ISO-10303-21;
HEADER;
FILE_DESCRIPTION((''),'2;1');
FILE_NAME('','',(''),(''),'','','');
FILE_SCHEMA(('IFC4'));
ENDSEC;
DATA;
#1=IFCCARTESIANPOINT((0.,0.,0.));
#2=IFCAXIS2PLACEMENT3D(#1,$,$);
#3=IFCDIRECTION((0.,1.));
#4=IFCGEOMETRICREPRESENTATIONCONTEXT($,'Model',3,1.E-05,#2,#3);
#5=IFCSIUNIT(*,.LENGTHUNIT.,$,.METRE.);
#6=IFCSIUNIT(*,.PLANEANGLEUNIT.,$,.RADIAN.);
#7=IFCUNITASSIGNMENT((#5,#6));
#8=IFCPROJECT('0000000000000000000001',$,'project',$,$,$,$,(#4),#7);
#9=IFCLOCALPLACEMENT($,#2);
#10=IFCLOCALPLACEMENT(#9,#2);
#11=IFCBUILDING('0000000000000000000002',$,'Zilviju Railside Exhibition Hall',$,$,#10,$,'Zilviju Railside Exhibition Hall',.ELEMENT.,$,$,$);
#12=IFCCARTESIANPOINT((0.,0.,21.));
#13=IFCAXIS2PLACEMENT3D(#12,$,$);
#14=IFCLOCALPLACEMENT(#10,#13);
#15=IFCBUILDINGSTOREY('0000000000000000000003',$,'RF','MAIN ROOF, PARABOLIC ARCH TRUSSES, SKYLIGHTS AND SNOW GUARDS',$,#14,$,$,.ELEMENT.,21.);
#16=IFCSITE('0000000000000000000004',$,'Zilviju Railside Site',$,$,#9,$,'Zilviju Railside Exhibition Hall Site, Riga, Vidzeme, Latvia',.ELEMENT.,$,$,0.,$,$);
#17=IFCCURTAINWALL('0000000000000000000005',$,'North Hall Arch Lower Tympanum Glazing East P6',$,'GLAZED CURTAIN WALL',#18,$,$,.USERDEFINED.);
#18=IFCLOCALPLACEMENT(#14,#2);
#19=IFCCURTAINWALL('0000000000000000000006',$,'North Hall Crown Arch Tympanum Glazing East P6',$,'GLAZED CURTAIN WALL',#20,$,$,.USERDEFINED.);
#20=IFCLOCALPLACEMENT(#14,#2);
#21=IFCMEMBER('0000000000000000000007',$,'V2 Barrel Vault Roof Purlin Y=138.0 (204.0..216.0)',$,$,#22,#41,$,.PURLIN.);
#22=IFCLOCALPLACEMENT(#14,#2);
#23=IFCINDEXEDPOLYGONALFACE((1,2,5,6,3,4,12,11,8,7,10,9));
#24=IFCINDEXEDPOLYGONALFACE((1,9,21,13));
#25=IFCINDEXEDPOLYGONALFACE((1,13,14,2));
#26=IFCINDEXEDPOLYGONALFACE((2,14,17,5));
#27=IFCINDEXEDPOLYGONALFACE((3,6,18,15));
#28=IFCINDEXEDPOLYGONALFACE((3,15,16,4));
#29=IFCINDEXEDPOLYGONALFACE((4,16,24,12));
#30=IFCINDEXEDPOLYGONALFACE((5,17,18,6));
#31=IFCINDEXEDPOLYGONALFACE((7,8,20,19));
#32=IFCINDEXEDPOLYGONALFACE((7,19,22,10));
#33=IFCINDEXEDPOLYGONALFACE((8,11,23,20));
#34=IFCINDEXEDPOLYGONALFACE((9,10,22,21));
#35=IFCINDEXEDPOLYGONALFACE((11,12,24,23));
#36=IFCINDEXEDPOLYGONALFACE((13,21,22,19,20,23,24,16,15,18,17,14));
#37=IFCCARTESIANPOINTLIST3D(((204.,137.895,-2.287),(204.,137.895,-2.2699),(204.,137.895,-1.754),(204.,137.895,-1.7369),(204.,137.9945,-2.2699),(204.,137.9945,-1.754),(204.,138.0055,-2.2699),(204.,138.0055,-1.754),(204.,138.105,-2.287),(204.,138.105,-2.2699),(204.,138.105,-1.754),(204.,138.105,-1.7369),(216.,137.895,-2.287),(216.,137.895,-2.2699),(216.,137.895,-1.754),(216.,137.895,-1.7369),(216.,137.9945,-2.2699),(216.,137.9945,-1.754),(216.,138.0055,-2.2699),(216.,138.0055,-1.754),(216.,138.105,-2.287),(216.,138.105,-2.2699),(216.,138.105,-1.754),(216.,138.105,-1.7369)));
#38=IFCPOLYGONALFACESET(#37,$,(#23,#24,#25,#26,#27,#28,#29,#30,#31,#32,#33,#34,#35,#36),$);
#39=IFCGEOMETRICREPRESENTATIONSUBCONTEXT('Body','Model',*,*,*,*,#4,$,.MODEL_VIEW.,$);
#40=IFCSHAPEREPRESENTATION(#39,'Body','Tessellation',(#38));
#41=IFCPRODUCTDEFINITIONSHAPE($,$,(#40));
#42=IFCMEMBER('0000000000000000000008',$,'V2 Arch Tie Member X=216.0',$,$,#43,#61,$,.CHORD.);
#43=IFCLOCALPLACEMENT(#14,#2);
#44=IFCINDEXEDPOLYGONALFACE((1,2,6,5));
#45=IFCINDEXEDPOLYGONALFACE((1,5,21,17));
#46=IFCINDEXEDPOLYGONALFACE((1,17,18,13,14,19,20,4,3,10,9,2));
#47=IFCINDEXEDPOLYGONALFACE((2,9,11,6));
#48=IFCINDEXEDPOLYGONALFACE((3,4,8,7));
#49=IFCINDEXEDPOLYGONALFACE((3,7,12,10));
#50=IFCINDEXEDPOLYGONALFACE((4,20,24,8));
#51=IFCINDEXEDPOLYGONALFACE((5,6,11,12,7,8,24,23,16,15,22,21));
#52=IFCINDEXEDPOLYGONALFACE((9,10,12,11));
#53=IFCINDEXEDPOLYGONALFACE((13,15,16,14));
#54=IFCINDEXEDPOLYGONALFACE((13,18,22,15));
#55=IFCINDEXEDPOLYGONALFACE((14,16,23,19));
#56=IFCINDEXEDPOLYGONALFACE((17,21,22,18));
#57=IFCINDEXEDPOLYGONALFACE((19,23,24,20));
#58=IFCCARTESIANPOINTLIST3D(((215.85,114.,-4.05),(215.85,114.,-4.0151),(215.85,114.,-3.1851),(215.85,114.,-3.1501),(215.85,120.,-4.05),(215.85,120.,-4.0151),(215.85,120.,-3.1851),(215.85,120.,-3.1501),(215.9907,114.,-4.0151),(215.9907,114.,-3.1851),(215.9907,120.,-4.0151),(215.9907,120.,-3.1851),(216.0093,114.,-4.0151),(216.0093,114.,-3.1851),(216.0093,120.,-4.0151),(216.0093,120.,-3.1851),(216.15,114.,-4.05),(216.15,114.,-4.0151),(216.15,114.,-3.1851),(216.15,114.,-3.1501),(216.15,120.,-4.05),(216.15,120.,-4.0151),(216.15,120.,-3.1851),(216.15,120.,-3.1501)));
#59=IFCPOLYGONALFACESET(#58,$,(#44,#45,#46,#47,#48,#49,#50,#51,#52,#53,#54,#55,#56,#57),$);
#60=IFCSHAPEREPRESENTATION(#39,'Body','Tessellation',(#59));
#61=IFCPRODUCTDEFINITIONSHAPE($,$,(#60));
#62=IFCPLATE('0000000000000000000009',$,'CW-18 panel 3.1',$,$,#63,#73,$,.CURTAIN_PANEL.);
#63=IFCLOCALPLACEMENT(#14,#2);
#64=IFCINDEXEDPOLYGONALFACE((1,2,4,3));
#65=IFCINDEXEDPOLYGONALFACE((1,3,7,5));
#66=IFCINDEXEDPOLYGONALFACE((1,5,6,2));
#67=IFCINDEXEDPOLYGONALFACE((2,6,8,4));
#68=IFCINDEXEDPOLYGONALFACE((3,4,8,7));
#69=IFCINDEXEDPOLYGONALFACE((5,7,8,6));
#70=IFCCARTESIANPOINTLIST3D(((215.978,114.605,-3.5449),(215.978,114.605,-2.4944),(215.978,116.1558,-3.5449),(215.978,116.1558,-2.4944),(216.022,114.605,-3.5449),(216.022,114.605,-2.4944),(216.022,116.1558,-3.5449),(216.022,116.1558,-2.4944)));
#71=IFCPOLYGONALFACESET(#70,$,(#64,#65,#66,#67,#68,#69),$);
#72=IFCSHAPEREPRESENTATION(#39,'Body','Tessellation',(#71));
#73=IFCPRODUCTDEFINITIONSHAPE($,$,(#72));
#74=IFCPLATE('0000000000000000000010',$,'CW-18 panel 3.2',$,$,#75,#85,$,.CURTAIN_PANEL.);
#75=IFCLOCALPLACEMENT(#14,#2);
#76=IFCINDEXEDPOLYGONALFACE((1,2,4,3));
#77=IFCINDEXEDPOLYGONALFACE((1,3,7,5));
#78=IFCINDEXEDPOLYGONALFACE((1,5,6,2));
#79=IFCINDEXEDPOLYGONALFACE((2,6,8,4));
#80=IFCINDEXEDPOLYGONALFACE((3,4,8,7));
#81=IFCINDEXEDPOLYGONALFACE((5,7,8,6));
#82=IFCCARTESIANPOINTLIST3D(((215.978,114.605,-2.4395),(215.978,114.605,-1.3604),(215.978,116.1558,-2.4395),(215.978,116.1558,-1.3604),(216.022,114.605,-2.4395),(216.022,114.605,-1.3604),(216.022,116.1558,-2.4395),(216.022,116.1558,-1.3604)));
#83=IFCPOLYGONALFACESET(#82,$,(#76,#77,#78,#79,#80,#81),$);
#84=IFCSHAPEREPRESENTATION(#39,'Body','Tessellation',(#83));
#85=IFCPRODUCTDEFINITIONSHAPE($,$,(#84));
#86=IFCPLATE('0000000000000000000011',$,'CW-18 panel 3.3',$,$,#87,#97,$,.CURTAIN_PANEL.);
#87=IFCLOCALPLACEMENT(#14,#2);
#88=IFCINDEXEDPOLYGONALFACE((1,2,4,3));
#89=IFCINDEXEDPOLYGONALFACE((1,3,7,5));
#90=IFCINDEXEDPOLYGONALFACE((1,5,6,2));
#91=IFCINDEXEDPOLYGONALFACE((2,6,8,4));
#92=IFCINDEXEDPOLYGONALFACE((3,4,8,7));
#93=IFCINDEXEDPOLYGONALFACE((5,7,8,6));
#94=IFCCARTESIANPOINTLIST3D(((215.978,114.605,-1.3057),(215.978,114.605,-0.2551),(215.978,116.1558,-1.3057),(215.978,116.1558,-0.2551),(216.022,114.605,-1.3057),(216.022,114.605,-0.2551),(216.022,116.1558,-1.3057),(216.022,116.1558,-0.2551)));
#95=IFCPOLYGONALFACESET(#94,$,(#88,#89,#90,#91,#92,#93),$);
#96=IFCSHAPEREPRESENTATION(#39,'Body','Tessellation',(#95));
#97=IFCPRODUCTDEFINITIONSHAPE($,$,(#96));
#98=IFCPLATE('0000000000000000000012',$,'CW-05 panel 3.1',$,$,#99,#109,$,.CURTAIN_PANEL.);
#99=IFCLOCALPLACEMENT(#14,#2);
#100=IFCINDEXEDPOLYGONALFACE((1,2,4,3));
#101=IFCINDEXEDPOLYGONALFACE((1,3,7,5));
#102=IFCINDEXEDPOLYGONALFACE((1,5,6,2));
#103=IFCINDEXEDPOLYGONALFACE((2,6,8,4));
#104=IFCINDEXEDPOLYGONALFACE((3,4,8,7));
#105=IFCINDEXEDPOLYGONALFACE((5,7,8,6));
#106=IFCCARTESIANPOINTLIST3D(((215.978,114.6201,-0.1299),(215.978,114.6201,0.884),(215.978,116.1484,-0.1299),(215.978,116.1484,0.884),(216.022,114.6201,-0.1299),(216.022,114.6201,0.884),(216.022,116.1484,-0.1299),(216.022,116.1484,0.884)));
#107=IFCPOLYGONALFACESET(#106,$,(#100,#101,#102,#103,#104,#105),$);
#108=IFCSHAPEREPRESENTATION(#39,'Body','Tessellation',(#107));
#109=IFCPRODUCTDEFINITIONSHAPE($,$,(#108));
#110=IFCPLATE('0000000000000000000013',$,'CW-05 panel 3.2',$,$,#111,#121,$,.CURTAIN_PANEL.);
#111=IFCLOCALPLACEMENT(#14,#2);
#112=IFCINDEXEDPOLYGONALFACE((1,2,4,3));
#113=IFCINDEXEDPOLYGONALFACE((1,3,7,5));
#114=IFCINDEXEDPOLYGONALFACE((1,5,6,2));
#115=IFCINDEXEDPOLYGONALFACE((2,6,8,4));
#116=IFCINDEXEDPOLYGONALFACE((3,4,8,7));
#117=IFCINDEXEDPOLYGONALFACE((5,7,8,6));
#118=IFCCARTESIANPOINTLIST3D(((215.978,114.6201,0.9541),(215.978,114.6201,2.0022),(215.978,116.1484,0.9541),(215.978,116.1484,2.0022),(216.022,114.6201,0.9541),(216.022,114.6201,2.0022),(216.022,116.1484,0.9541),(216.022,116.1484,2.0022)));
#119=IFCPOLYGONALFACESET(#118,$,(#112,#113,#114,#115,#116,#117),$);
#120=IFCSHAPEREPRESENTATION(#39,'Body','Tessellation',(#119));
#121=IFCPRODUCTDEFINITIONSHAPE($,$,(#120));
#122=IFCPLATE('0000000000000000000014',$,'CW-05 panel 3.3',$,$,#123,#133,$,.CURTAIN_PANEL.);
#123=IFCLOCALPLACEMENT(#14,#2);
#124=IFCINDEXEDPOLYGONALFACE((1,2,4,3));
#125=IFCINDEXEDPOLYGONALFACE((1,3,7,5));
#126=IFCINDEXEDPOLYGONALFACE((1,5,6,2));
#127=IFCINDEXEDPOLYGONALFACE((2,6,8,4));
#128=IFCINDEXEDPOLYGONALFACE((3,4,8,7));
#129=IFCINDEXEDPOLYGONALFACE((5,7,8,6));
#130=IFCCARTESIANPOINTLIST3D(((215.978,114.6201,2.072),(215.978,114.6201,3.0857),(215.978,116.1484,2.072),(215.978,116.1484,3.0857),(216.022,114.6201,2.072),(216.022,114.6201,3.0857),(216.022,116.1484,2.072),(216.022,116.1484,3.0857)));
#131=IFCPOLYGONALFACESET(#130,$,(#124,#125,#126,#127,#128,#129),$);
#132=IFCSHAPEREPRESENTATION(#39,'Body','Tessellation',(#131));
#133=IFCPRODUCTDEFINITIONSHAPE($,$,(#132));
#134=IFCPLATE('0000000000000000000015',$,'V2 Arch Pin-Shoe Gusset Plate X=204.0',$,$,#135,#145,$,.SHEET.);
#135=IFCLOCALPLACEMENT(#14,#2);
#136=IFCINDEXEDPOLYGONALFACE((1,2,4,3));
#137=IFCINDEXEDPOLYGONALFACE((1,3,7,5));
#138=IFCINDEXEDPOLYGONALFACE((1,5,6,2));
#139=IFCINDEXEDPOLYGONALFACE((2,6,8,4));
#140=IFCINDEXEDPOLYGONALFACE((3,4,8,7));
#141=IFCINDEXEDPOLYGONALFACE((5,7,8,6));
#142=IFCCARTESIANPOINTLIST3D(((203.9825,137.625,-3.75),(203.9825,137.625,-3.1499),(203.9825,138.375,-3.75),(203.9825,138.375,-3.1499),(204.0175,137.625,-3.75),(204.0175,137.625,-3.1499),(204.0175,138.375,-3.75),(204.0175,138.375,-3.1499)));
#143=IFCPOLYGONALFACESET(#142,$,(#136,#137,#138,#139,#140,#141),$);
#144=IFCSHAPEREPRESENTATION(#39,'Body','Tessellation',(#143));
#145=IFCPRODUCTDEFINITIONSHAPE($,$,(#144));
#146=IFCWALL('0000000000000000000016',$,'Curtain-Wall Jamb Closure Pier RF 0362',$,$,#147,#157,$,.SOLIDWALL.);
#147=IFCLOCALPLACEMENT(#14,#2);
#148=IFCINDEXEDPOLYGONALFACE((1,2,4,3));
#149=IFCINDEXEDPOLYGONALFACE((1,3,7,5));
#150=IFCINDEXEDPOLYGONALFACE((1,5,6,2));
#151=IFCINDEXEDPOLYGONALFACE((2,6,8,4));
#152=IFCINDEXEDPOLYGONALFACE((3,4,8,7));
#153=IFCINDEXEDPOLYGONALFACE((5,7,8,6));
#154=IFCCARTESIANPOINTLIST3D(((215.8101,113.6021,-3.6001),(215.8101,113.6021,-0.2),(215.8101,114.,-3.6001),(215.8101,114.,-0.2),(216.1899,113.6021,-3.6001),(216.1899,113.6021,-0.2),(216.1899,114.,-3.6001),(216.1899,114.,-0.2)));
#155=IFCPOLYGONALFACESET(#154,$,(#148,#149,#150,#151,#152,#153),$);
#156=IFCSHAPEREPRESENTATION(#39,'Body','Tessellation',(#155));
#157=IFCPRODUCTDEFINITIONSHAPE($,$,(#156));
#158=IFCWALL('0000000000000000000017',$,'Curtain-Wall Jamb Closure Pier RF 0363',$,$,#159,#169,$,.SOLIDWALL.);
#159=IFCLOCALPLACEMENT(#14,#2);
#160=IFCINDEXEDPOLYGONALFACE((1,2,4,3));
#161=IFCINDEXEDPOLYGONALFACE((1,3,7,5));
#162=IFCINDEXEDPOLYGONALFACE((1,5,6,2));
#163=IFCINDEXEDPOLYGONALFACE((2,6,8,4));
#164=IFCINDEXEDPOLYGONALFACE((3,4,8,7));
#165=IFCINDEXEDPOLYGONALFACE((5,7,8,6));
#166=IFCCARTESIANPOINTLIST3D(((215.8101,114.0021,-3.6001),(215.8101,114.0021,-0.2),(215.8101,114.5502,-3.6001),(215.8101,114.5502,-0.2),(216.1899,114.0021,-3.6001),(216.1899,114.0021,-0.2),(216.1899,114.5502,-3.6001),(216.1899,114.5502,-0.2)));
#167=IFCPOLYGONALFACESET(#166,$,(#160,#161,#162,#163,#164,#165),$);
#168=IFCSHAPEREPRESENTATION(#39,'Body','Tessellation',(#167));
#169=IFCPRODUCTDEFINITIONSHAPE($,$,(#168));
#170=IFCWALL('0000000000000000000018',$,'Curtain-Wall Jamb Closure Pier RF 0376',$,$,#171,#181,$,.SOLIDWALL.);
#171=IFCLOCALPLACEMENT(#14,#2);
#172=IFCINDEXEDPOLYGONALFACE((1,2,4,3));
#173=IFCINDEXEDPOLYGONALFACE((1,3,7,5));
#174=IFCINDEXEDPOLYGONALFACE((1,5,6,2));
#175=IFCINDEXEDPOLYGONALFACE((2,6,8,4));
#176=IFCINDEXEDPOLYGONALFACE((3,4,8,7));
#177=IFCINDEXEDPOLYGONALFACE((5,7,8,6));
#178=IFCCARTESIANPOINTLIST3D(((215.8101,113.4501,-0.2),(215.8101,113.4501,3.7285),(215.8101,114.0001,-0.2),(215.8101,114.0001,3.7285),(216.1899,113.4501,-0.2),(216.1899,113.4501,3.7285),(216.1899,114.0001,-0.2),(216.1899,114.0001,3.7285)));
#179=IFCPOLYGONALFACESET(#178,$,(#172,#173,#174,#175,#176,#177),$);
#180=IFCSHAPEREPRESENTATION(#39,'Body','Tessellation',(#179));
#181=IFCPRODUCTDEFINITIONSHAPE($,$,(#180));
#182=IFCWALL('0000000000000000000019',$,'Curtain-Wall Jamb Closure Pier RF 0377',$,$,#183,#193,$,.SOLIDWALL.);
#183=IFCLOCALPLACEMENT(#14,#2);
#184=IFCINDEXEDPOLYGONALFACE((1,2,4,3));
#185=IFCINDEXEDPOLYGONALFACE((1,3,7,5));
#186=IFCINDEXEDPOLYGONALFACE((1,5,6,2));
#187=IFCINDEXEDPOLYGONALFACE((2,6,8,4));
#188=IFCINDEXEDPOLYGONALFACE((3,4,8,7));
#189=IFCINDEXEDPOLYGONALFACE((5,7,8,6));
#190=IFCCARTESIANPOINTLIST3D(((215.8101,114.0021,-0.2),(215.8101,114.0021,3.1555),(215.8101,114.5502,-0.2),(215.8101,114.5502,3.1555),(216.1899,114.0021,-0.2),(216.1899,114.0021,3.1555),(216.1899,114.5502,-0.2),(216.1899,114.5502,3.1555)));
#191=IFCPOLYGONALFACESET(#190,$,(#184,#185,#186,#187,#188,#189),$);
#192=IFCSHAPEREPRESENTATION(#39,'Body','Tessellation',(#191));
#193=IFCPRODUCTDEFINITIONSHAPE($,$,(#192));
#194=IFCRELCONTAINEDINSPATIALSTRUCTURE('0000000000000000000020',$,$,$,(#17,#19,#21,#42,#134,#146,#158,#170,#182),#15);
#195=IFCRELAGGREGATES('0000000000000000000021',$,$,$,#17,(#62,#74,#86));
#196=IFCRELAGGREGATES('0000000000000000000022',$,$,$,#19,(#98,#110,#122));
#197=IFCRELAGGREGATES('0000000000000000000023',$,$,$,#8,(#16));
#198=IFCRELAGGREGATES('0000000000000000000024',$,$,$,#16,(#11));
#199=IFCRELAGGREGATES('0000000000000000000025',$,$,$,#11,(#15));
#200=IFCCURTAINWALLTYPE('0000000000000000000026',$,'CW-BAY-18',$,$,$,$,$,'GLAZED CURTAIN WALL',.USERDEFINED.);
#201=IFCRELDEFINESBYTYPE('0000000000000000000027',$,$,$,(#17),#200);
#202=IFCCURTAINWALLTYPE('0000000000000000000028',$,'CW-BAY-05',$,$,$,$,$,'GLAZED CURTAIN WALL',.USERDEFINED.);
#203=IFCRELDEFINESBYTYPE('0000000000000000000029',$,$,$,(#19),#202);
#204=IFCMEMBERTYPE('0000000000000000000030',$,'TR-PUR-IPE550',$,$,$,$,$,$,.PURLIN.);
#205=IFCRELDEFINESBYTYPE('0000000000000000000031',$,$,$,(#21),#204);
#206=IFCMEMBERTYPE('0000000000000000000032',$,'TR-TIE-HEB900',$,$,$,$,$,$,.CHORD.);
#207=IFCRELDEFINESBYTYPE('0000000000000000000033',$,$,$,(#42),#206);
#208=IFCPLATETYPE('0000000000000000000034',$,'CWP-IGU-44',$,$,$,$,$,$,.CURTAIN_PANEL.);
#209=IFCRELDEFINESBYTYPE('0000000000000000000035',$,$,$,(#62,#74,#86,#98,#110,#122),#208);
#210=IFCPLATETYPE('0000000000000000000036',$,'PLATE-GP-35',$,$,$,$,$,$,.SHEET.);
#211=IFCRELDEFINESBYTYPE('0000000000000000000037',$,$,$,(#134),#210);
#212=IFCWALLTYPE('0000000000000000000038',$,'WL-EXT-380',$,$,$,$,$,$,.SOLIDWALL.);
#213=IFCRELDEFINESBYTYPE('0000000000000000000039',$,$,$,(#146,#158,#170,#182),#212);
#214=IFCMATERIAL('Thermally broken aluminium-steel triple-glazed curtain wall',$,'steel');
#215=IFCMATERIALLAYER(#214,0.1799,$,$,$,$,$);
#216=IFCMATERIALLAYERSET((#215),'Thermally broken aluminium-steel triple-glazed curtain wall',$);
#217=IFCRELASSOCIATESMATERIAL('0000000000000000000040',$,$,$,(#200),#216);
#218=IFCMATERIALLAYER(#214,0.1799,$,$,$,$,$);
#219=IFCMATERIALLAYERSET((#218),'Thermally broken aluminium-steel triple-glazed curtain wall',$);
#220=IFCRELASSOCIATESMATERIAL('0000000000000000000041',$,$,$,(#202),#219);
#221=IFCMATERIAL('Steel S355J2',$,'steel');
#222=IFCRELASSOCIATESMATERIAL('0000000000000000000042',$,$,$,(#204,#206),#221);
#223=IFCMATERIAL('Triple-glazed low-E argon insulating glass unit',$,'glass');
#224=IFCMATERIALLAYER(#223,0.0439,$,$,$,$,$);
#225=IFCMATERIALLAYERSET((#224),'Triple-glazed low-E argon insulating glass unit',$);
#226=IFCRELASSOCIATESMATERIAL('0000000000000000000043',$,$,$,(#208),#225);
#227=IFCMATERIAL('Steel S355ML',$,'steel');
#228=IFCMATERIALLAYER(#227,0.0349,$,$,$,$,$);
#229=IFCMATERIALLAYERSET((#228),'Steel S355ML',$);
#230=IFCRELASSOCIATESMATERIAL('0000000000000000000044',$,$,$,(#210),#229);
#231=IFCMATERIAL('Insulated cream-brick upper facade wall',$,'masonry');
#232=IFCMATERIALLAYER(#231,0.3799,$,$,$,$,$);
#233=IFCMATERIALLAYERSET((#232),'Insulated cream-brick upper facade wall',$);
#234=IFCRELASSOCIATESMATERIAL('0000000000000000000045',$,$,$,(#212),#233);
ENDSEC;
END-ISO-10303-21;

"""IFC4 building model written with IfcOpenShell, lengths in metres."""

from ifc_helpers import new_model, si_unit, direction, frame, frame_2d, origin, origin_2d, place, context, subcontext, project, spatial, rectangle, i_section, extrude, material, layer, layer_set, material_profile, profile_set, type_object, element, aggregate, save


model = new_model("IFC4")

# Units and contexts
model_context = context("Model", 3, precision=1e-05, world=origin(), true_north=direction((0.0, 1.0)))
body_context = subcontext(model_context, "Body", "Model", "MODEL_VIEW")
ifc_project = project(units=[si_unit("LENGTHUNIT", "METRE"), si_unit("PLANEANGLEUNIT", "RADIAN")], contexts=[model_context])

# Site, building, storey
site_placement = place(None, origin())
site = spatial("IfcSite", under=ifc_project, at=site_placement, Name="Zilviju Railside Site", LongName="Zilviju Railside Exhibition Hall Site, Riga, Vidzeme, Latvia", CompositionType="ELEMENT", RefElevation=0.0)
building_placement = place(site_placement, origin())
building = spatial("IfcBuilding", under=site, at=building_placement, Name="Zilviju Railside Exhibition Hall", LongName="Zilviju Railside Exhibition Hall", CompositionType="ELEMENT")
storey_placement = place(building_placement, frame((0.0, 0.0, 21.0)))
storey = spatial("IfcBuildingStorey", under=building, at=storey_placement, Name="RF", Description="MAIN ROOF, PARABOLIC ARCH TRUSSES, SKYLIGHTS AND SNOW GUARDS", CompositionType="ELEMENT", Elevation=21.0)

# Curtain wall
ifc_material_1 = material(Name="Thermally broken aluminium-steel triple-glazed curtain wall", Category="steel")
ifc_layer_1 = layer(ifc_material_1, 0.1799)
ifc_layer_set_1 = layer_set([ifc_layer_1], Name="Thermally broken aluminium-steel triple-glazed curtain wall")
curtain_wall_type_1 = type_object("IfcCurtainWallType", Name="CW-BAY-18", ElementType="GLAZED CURTAIN WALL", PredefinedType="USERDEFINED", material=ifc_layer_set_1)
curtain_wall_1_placement = place(storey_placement, origin())
curtain_wall_1 = element("IfcCurtainWall", 1, at=curtain_wall_1_placement, inside=storey, type_object=curtain_wall_type_1, Name="North Hall Arch Lower Tympanum Glazing East P6", ObjectType="GLAZED CURTAIN WALL", PredefinedType="USERDEFINED")

# Curtain wall
ifc_layer_2 = layer(ifc_material_1, 0.1799)
ifc_layer_set_2 = layer_set([ifc_layer_2], Name="Thermally broken aluminium-steel triple-glazed curtain wall")
curtain_wall_type_2 = type_object("IfcCurtainWallType", Name="CW-BAY-05", ElementType="GLAZED CURTAIN WALL", PredefinedType="USERDEFINED", material=ifc_layer_set_2)
curtain_wall_2_placement = place(storey_placement, origin())
curtain_wall_2 = element("IfcCurtainWall", 2, at=curtain_wall_2_placement, inside=storey, type_object=curtain_wall_type_2, Name="North Hall Crown Arch Tympanum Glazing East P6", ObjectType="GLAZED CURTAIN WALL", PredefinedType="USERDEFINED")

# Members
ifc_material_2 = material(Name="Steel S355J2", Category="steel")
ifc_material_3 = material(Name="Steel S355ML", Category="steel")
ifc_material_profile_1 = material_profile(ifc_material_2, i_section(OverallWidth=0.21, OverallDepth=0.55, WebThickness=0.011, FlangeThickness=0.0171, at=origin_2d()), Name="IPE 550")
ifc_profile_set_1 = profile_set([ifc_material_profile_1], Name="Steel S355J2")
member_type_1 = type_object("IfcMemberType", Name="TR-PUR-IPE550", PredefinedType="PURLIN", material=ifc_profile_set_1)
for number, where, z_axis, x_axis, name in (
    (3, (204.0, 138.0, -2.012), (1.0, 0.0, 0.0), (0.0, 1.0, 0.0), "V2 Barrel Vault Roof Purlin Y=138.0 (204.0..216.0)"),
):
    element("IfcMember", number, at=place(storey_placement, frame(where, z_axis=z_axis, x_axis=x_axis)), inside=storey, type_object=member_type_1, Name=name, PredefinedType="PURLIN", context=body_context, shape_type="SweptSolid", body=[
        extrude(i_section(OverallWidth=0.21, OverallDepth=0.55, WebThickness=0.011, FlangeThickness=0.0171, at=origin_2d()), origin(), (0.0, 0.0, 1.0), 12.0),
    ])
ifc_material_profile_2 = material_profile(ifc_material_2, i_section(OverallWidth=0.3, OverallDepth=0.8999, WebThickness=0.0186, FlangeThickness=0.0349, at=origin_2d()), Name="HEB 900")
ifc_profile_set_2 = profile_set([ifc_material_profile_2], Name="Steel S355J2")
member_type_2 = type_object("IfcMemberType", Name="TR-TIE-HEB900", PredefinedType="CHORD", material=ifc_profile_set_2)
member_1_placement = place(storey_placement, frame((216.0, 114.0, -3.6001), z_axis=(0.0, 1.0, 0.0), x_axis=(-1.0, 0.0, 0.0)))
element("IfcMember", 4, at=member_1_placement, inside=storey, type_object=member_type_2, Name="V2 Arch Tie Member X=216.0", PredefinedType="CHORD", context=body_context, shape_type="SweptSolid", body=[
    extrude(i_section(OverallWidth=0.3, OverallDepth=0.8999, WebThickness=0.0186, FlangeThickness=0.0349, at=origin_2d()), origin(), (0.0, 0.0, 1.0), 6.0),
])

# Plates
ifc_material_4 = material(Name="Triple-glazed low-E argon insulating glass unit", Category="glass")
ifc_layer_3 = layer(ifc_material_4, 0.0439)
ifc_layer_set_3 = layer_set([ifc_layer_3], Name="Triple-glazed low-E argon insulating glass unit")
plate_type_1 = type_object("IfcPlateType", Name="CWP-IGU-44", PredefinedType="CURTAIN_PANEL", material=ifc_layer_set_3)
plate_1_placement = place(storey_placement, frame((216.0, 115.3804, -3.5449), z_axis=(0.0, 0.0, 1.0), x_axis=(0.0, -1.0, 0.0)))
plate_1 = element("IfcPlate", 5, at=plate_1_placement, type_object=plate_type_1, Name="CW-18 panel 3.1", PredefinedType="CURTAIN_PANEL", context=body_context, shape_type="SweptSolid", body=[
    extrude(rectangle(XDim=1.5508, YDim=0.0439, at=origin_2d()), origin(), (0.0, 0.0, 1.0), 1.0505),
])
plate_2_placement = place(storey_placement, frame((216.0, 115.3804, -2.4395), z_axis=(0.0, 0.0, 1.0), x_axis=(0.0, -1.0, 0.0)))
plate_2 = element("IfcPlate", 6, at=plate_2_placement, type_object=plate_type_1, Name="CW-18 panel 3.2", PredefinedType="CURTAIN_PANEL", context=body_context, shape_type="SweptSolid", body=[
    extrude(rectangle(XDim=1.5508, YDim=0.0439, at=origin_2d()), origin(), (0.0, 0.0, 1.0), 1.0791),
])
plate_3_placement = place(storey_placement, frame((216.0, 115.3804, -1.3057), z_axis=(0.0, 0.0, 1.0), x_axis=(0.0, -1.0, 0.0)))
plate_3 = element("IfcPlate", 7, at=plate_3_placement, type_object=plate_type_1, Name="CW-18 panel 3.3", PredefinedType="CURTAIN_PANEL", context=body_context, shape_type="SweptSolid", body=[
    extrude(rectangle(XDim=1.5508, YDim=0.0439, at=origin_2d()), origin(), (0.0, 0.0, 1.0), 1.0505),
])
aggregate(curtain_wall_1, [plate_1, plate_2, plate_3])
plate_4_placement = place(storey_placement, frame((216.0, 115.3843, -0.1299), z_axis=(0.0, 0.0, 1.0), x_axis=(0.0, -1.0, 0.0)))
plate_4 = element("IfcPlate", 8, at=plate_4_placement, type_object=plate_type_1, Name="CW-05 panel 3.1", PredefinedType="CURTAIN_PANEL", context=body_context, shape_type="SweptSolid", body=[
    extrude(rectangle(XDim=1.5283, YDim=0.0439, at=origin_2d()), origin(), (0.0, 0.0, 1.0), 1.0139),
])
plate_5_placement = place(storey_placement, frame((216.0, 115.3843, 0.9541), z_axis=(0.0, 0.0, 1.0), x_axis=(0.0, -1.0, 0.0)))
plate_5 = element("IfcPlate", 9, at=plate_5_placement, type_object=plate_type_1, Name="CW-05 panel 3.2", PredefinedType="CURTAIN_PANEL", context=body_context, shape_type="SweptSolid", body=[
    extrude(rectangle(XDim=1.5283, YDim=0.0439, at=origin_2d()), origin(), (0.0, 0.0, 1.0), 1.0481),
])
plate_6_placement = place(storey_placement, frame((216.0, 115.3843, 2.072), z_axis=(0.0, 0.0, 1.0), x_axis=(0.0, -1.0, 0.0)))
plate_6 = element("IfcPlate", 10, at=plate_6_placement, type_object=plate_type_1, Name="CW-05 panel 3.3", PredefinedType="CURTAIN_PANEL", context=body_context, shape_type="SweptSolid", body=[
    extrude(rectangle(XDim=1.5283, YDim=0.0439, at=origin_2d()), origin(), (0.0, 0.0, 1.0), 1.0137),
])
aggregate(curtain_wall_2, [plate_4, plate_5, plate_6])
ifc_layer_4 = layer(ifc_material_3, 0.0349)
ifc_layer_set_4 = layer_set([ifc_layer_4], Name="Steel S355ML")
plate_type_2 = type_object("IfcPlateType", Name="PLATE-GP-35", PredefinedType="SHEET", material=ifc_layer_set_4)
plate_7_placement = place(storey_placement, frame((204.0, 138.0, -3.75), z_axis=(0.0, 0.0, 1.0), x_axis=(1.0, 0.0, 0.0)))
element("IfcPlate", 11, at=plate_7_placement, inside=storey, type_object=plate_type_2, Name="V2 Arch Pin-Shoe Gusset Plate X=204.0", PredefinedType="SHEET", context=body_context, shape_type="SweptSolid", body=[
    extrude(rectangle(XDim=0.0349, YDim=0.75, at=origin_2d()), origin(), (0.0, 0.0, 1.0), 0.6001),
])

# Walls
ifc_material_5 = material(Name="Insulated cream-brick upper facade wall", Category="masonry")
ifc_layer_5 = layer(ifc_material_5, 0.3799)
ifc_layer_set_5 = layer_set([ifc_layer_5], Name="Insulated cream-brick upper facade wall")
wall_type = type_object("IfcWallType", Name="WL-EXT-380", PredefinedType="SOLIDWALL", material=ifc_layer_set_5)
wall_1_placement = place(storey_placement, frame((216.0, 114.0, -3.6001), z_axis=(0.0, 0.0, 1.0), x_axis=(0.0, -1.0, 0.0)))
element("IfcWall", 12, at=wall_1_placement, inside=storey, type_object=wall_type, Name="Curtain-Wall Jamb Closure Pier RF 0362", PredefinedType="SOLIDWALL", context=body_context, shape_type="SweptSolid", body=[
    extrude(rectangle(XDim=0.3979, YDim=0.3799, at=frame_2d((0.199, 0.0))), origin(), (0.0, 0.0, 1.0), 3.4001),
])
wall_2_placement = place(storey_placement, frame((216.0, 114.55, -3.6001), z_axis=(0.0, 0.0, 1.0), x_axis=(0.0, -1.0, 0.0)))
element("IfcWall", 13, at=wall_2_placement, inside=storey, type_object=wall_type, Name="Curtain-Wall Jamb Closure Pier RF 0363", PredefinedType="SOLIDWALL", context=body_context, shape_type="SweptSolid", body=[
    extrude(rectangle(XDim=0.5481, YDim=0.3799, at=frame_2d((0.2739, 0.0))), origin(), (0.0, 0.0, 1.0), 3.4001),
])
wall_3_placement = place(storey_placement, frame((216.0, 114.0, -0.2), z_axis=(0.0, 0.0, 1.0), x_axis=(0.0, -1.0, 0.0)))
element("IfcWall", 14, at=wall_3_placement, inside=storey, type_object=wall_type, Name="Curtain-Wall Jamb Closure Pier RF 0376", PredefinedType="SOLIDWALL", context=body_context, shape_type="SweptSolid", body=[
    extrude(rectangle(XDim=0.55, YDim=0.3799, at=frame_2d((0.2749, 0.0))), origin(), (0.0, 0.0, 1.0), 3.9285),
])
wall_4_placement = place(storey_placement, frame((216.0, 114.55, -0.2), z_axis=(0.0, 0.0, 1.0), x_axis=(0.0, -1.0, 0.0)))
element("IfcWall", 15, at=wall_4_placement, inside=storey, type_object=wall_type, Name="Curtain-Wall Jamb Closure Pier RF 0377", PredefinedType="SOLIDWALL", context=body_context, shape_type="SweptSolid", body=[
    extrude(rectangle(XDim=0.5481, YDim=0.3799, at=frame_2d((0.2739, 0.0))), origin(), (0.0, 0.0, 1.0), 3.3555),
])

save(model, "model.ifc")
